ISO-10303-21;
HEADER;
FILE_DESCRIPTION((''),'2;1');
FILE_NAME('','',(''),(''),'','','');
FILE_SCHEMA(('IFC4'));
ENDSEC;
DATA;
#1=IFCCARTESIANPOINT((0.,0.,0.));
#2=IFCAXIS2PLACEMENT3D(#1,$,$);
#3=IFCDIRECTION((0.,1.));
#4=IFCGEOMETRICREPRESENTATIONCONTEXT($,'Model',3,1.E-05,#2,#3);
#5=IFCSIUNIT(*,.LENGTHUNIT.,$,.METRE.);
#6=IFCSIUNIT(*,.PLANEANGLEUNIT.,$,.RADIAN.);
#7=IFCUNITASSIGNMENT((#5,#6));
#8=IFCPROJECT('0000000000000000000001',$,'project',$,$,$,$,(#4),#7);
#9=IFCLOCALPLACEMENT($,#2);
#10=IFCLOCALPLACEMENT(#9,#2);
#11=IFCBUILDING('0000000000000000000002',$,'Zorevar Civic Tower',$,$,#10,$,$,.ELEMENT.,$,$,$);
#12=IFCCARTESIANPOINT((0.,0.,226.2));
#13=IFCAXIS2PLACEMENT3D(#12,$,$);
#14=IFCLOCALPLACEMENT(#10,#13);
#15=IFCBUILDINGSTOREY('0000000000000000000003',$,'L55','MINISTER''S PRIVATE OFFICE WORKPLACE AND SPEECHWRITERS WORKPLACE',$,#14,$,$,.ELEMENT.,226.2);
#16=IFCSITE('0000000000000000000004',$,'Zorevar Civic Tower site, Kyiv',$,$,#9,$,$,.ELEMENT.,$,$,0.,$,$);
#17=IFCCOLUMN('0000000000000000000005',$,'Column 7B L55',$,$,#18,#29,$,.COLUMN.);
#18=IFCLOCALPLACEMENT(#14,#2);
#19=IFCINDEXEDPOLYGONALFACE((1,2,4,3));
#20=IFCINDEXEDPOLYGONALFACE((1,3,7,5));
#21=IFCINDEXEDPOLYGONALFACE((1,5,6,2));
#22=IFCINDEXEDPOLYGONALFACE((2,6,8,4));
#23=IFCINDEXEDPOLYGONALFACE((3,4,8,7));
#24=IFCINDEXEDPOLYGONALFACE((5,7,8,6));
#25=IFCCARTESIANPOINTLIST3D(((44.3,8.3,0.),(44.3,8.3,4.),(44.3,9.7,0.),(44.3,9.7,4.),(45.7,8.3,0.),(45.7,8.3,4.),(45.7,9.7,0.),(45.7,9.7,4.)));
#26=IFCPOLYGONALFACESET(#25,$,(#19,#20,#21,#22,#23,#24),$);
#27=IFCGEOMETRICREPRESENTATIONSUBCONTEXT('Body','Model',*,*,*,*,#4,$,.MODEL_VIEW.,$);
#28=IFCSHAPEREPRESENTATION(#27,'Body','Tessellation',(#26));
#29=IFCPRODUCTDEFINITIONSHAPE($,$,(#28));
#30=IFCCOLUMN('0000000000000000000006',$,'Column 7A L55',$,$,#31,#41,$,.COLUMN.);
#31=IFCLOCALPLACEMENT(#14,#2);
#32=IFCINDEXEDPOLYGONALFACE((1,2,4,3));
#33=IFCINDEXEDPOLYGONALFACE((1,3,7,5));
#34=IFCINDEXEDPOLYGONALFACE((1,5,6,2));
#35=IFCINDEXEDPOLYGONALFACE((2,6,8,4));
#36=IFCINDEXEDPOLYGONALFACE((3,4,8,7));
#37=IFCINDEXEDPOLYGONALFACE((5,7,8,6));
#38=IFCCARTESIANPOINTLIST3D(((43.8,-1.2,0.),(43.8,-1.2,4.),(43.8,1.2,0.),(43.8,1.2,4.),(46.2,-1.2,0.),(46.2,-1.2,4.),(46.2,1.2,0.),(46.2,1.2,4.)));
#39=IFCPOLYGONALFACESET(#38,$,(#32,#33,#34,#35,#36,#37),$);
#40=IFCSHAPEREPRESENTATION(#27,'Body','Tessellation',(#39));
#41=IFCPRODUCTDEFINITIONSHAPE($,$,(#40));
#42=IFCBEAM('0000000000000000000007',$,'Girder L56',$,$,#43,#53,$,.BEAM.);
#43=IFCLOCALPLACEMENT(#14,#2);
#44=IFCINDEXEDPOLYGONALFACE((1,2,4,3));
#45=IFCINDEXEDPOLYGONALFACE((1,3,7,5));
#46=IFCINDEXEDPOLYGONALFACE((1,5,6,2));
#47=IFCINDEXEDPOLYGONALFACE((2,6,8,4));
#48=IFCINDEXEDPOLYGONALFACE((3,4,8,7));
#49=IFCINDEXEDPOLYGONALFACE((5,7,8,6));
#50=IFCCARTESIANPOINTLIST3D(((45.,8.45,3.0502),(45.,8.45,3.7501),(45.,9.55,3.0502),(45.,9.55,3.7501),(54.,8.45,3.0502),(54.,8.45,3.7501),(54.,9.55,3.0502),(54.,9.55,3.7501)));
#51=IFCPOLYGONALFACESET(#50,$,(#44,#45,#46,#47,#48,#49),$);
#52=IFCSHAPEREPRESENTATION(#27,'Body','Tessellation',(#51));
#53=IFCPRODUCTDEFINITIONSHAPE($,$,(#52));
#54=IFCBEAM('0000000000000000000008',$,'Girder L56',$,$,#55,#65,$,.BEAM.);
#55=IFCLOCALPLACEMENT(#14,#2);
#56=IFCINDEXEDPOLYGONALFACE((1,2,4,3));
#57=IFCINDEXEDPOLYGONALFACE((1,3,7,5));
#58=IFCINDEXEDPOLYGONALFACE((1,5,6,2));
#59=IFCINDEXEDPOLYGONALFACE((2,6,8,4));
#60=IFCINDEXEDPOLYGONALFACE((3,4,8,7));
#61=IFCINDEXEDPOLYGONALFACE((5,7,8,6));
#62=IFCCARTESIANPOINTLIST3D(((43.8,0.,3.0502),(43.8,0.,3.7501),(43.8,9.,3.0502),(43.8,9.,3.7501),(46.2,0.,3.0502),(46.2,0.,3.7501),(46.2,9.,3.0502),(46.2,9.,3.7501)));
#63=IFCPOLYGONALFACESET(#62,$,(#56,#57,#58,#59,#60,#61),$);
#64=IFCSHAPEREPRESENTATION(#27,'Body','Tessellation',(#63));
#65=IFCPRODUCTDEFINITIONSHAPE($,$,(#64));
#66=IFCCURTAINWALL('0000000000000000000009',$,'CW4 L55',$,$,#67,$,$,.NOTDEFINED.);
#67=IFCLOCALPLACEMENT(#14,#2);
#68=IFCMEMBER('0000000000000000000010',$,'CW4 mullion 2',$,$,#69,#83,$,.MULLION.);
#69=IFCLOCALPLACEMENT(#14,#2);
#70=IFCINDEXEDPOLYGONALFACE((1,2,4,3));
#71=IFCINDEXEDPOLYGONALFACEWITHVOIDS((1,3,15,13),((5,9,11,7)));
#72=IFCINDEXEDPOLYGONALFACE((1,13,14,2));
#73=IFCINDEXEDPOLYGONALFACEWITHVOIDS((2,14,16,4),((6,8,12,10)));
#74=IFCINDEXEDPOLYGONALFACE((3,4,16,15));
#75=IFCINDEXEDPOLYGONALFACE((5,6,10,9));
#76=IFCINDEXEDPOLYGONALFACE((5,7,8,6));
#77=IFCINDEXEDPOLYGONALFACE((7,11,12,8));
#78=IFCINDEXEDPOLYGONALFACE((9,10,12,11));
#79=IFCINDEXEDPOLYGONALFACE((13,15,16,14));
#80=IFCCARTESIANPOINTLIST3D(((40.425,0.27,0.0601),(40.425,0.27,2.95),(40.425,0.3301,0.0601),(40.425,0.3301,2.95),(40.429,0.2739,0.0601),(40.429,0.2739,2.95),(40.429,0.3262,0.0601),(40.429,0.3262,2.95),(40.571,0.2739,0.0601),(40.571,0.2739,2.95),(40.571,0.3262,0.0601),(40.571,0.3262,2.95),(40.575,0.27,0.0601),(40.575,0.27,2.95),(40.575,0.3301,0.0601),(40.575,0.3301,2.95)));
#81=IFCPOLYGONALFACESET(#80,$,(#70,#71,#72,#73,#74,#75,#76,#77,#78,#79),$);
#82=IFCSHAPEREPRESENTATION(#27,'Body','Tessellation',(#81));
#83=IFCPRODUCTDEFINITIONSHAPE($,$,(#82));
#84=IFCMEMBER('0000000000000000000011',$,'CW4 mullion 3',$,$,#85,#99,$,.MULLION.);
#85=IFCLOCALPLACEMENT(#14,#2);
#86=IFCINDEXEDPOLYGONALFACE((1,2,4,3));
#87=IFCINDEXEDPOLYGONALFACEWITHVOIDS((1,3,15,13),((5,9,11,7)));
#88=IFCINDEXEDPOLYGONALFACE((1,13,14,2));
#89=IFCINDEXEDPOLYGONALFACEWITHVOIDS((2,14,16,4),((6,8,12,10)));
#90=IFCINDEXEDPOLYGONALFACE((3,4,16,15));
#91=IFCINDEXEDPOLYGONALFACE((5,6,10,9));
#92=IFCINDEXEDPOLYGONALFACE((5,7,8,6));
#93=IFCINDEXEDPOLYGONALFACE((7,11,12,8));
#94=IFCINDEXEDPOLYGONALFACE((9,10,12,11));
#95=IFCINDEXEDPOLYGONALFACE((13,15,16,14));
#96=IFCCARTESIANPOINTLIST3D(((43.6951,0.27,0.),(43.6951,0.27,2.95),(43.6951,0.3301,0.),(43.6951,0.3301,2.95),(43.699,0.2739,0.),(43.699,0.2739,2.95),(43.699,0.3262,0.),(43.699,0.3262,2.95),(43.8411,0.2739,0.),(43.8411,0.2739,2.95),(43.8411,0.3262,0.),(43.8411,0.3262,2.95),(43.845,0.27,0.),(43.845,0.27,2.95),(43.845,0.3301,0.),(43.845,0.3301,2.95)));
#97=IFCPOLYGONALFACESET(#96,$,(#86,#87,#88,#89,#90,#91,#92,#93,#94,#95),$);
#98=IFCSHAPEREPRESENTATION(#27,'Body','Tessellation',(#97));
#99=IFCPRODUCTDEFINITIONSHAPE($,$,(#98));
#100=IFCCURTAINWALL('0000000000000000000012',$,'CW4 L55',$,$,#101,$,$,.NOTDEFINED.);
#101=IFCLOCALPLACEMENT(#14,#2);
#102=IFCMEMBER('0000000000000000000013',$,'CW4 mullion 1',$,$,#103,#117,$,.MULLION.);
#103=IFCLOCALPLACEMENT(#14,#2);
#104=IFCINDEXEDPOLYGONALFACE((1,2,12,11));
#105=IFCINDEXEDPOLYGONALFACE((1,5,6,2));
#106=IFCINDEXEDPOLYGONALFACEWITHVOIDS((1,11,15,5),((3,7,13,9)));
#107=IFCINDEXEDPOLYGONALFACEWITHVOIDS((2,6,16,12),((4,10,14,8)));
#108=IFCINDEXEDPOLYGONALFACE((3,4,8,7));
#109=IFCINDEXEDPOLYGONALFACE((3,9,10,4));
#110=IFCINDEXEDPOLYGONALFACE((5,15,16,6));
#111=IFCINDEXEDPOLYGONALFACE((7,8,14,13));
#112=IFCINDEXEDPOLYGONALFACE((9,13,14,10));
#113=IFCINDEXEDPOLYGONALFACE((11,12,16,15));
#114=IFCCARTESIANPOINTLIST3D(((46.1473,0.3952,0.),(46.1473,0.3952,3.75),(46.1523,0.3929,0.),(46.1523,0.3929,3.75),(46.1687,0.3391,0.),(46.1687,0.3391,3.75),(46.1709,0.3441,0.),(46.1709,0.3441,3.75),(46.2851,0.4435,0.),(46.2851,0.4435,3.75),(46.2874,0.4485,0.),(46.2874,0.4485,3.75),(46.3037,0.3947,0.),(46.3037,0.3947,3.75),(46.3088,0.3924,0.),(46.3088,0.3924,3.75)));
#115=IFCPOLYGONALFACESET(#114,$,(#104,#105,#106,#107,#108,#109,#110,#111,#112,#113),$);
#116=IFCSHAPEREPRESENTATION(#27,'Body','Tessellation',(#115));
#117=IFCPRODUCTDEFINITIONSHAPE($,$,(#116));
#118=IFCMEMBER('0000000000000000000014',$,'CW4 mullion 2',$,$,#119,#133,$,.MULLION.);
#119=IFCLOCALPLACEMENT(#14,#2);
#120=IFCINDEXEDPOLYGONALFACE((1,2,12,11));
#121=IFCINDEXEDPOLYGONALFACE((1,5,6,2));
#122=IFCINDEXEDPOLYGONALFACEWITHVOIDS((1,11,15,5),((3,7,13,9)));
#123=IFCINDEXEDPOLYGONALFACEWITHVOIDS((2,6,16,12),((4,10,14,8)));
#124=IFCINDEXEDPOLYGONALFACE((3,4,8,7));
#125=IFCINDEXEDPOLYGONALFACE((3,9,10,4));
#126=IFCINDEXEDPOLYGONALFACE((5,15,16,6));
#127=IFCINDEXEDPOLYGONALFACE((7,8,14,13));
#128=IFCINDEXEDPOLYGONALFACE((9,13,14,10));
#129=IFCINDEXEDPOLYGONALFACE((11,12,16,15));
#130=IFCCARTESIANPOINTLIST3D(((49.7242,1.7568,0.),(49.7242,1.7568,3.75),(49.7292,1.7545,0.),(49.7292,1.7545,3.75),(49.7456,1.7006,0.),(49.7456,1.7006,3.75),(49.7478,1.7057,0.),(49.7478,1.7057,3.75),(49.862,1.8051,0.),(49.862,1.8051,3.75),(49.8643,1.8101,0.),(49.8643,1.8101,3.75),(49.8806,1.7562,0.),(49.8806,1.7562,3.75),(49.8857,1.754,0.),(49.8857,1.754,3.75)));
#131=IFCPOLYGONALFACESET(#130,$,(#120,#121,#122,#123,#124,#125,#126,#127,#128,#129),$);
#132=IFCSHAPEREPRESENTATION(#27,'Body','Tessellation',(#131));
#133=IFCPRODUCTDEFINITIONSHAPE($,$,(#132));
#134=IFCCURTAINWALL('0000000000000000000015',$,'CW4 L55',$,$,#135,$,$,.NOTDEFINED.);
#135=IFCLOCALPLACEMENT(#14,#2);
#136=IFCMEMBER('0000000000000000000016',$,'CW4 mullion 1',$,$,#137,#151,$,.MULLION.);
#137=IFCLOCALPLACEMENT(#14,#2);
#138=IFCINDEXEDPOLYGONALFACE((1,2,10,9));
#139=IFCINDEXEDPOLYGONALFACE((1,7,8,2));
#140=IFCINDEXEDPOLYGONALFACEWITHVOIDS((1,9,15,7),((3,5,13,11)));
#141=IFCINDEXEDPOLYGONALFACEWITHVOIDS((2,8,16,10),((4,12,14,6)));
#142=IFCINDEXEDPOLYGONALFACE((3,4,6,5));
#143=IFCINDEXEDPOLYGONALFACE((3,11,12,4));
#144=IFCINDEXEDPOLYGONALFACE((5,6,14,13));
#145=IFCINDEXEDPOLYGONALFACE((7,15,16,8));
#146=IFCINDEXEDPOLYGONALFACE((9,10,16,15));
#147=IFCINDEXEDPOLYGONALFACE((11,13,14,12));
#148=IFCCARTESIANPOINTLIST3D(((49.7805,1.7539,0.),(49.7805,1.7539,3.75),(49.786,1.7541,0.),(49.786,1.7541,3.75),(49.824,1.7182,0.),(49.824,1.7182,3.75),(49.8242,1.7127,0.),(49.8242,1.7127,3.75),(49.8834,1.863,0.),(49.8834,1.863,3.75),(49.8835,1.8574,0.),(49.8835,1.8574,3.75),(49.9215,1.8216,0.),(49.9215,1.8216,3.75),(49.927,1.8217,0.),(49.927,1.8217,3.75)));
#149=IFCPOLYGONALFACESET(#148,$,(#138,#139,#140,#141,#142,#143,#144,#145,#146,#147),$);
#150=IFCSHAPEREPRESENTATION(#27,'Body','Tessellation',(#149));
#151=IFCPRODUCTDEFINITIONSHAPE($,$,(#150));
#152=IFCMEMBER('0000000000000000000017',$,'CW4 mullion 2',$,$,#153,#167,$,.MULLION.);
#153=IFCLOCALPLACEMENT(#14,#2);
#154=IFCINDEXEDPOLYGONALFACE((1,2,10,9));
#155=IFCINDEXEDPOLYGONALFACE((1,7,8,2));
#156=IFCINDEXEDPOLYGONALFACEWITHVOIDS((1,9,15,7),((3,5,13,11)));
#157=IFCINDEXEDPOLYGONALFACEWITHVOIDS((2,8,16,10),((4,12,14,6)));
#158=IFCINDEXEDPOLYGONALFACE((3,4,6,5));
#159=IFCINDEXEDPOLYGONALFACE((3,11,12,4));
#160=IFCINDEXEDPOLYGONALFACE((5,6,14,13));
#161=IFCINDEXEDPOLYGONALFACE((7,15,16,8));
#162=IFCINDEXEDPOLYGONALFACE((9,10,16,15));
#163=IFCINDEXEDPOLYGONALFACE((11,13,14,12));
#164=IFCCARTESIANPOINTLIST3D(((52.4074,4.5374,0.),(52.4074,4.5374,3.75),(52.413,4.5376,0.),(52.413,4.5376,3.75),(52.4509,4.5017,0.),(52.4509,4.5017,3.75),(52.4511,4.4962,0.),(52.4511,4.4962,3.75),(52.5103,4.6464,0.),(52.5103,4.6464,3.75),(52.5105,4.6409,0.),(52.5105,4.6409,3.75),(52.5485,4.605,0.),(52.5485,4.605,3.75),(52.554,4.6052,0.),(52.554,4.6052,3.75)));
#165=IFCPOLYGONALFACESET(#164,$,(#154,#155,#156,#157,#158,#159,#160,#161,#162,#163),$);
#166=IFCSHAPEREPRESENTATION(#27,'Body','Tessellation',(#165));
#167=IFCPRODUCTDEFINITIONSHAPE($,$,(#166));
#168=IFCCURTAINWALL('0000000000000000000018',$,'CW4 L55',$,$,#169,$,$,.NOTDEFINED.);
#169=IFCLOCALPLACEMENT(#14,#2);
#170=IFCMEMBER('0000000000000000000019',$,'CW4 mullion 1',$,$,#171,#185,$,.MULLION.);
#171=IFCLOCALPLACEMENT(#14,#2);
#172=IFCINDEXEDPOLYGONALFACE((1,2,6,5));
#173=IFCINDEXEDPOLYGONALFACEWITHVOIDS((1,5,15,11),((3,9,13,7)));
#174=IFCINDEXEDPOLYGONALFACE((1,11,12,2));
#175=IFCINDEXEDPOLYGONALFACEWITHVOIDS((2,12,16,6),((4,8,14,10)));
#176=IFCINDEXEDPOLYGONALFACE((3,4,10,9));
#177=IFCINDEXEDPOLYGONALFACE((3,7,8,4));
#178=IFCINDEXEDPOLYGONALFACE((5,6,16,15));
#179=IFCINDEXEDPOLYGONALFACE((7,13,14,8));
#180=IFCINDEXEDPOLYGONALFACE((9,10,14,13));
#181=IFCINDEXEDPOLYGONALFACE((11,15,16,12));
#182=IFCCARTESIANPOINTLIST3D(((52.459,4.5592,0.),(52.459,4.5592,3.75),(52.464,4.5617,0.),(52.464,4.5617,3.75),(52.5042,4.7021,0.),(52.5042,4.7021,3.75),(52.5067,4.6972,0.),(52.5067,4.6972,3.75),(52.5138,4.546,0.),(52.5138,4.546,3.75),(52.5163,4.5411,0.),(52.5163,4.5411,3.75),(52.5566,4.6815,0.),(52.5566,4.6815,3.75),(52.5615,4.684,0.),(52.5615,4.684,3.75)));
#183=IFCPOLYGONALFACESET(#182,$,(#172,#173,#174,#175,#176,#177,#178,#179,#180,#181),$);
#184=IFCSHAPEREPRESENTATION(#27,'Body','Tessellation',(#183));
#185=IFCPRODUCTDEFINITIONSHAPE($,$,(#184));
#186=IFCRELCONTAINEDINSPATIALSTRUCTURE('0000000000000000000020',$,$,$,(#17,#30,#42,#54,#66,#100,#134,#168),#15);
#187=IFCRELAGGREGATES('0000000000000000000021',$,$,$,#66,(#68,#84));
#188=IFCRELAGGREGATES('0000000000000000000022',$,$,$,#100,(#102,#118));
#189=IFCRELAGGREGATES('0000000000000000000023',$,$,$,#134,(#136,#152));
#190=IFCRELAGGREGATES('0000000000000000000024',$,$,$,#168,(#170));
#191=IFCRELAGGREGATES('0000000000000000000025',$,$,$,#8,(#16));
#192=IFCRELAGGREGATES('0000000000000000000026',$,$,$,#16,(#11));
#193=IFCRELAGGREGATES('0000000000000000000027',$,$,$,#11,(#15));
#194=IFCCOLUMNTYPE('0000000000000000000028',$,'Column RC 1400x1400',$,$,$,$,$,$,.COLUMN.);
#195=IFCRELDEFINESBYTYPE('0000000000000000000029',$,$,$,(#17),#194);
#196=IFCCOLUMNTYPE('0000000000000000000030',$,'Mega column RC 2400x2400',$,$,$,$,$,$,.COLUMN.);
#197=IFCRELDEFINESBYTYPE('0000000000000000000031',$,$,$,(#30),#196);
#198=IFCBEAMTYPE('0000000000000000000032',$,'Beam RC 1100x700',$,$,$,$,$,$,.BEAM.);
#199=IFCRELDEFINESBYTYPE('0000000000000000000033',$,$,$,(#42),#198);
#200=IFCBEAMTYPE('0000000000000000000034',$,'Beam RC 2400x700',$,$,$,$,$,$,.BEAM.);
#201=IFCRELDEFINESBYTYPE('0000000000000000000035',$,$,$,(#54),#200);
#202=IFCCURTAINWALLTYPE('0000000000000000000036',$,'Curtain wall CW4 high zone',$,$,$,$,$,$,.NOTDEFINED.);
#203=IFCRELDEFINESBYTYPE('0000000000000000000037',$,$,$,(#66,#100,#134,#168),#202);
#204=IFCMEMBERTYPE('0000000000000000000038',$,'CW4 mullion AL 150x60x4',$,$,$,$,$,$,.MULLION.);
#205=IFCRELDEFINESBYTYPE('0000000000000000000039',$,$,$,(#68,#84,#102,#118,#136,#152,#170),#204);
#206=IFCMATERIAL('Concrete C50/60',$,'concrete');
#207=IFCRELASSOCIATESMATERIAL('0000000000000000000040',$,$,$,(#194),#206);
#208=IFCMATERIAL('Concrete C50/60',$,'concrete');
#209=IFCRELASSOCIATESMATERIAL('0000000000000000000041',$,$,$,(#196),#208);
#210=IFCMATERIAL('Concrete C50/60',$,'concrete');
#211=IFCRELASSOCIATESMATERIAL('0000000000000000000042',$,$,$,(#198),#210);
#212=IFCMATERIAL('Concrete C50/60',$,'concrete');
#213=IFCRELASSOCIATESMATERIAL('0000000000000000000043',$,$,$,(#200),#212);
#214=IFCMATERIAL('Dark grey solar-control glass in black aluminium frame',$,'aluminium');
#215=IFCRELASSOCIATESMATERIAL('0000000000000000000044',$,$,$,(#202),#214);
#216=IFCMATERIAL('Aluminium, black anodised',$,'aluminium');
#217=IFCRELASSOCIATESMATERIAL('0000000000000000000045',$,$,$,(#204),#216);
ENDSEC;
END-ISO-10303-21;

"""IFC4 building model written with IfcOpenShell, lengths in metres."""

from ifc_helpers import new_model, si_unit, direction, frame, origin, origin_2d, place, context, subcontext, project, spatial, rectangle, hollow_rectangle, extrude, material, material_profile, profile_set, type_object, element, aggregate, save


model = new_model("IFC4")

# Units and contexts
model_context = context("Model", 3, precision=1e-05, world=origin(), true_north=direction((0.0, 1.0)))
body_context = subcontext(model_context, "Body", "Model", "MODEL_VIEW")
ifc_project = project(units=[si_unit("LENGTHUNIT", "METRE"), si_unit("PLANEANGLEUNIT", "RADIAN")], contexts=[model_context])

# Site, building, storey
site_placement = place(None, origin())
site = spatial("IfcSite", under=ifc_project, at=site_placement, Name="Zorevar Civic Tower site, Kyiv", CompositionType="ELEMENT", RefElevation=0.0)
building_placement = place(site_placement, origin())
building = spatial("IfcBuilding", under=site, at=building_placement, Name="Zorevar Civic Tower", CompositionType="ELEMENT")
storey_placement = place(building_placement, frame((0.0, 0.0, 226.2)))
storey = spatial("IfcBuildingStorey", under=building, at=storey_placement, Name="L55", Description="MINISTER'S PRIVATE OFFICE WORKPLACE AND SPEECHWRITERS WORKPLACE", CompositionType="ELEMENT", Elevation=226.2)

# Columns
ifc_material_1 = material(Name="Concrete C50/60", Category="concrete")
ifc_material_profile_1 = material_profile(ifc_material_1, rectangle(XDim=1.3999, YDim=1.3999, at=origin_2d()), Name="RC 1400x1400")
ifc_profile_set_1 = profile_set([ifc_material_profile_1], Name="Concrete C50/60")
column_type_1 = type_object("IfcColumnType", Name="Column RC 1400x1400", PredefinedType="COLUMN", material=ifc_profile_set_1)
column_1_placement = place(storey_placement, frame((45.0, 9.0, 0.0), z_axis=(0.0, 0.0, 1.0), x_axis=(1.0, 0.0, 0.0)))
element("IfcColumn", 1, at=column_1_placement, inside=storey, type_object=column_type_1, Name="Column 7B L55", PredefinedType="COLUMN", context=body_context, shape_type="SweptSolid", body=[
    extrude(rectangle(XDim=1.3999, YDim=1.3999, at=origin_2d()), origin(), (0.0, 0.0, 1.0), 4.0),
])
ifc_material_2 = material(Name="Concrete C50/60", Category="concrete")
ifc_material_profile_2 = material_profile(ifc_material_2, rectangle(XDim=2.3999, YDim=2.3999, at=origin_2d()), Name="RC 2400x2400")
ifc_profile_set_2 = profile_set([ifc_material_profile_2], Name="Concrete C50/60")
column_type_2 = type_object("IfcColumnType", Name="Mega column RC 2400x2400", PredefinedType="COLUMN", material=ifc_profile_set_2)
column_2_placement = place(storey_placement, frame((45.0, 0.0, 0.0), z_axis=(0.0, 0.0, 1.0), x_axis=(1.0, 0.0, 0.0)))
element("IfcColumn", 2, at=column_2_placement, inside=storey, type_object=column_type_2, Name="Column 7A L55", PredefinedType="COLUMN", context=body_context, shape_type="SweptSolid", body=[
    extrude(rectangle(XDim=2.3999, YDim=2.3999, at=origin_2d()), origin(), (0.0, 0.0, 1.0), 4.0),
])

# Beams
ifc_material_3 = material(Name="Concrete C50/60", Category="concrete")
ifc_material_profile_3 = material_profile(ifc_material_3, rectangle(XDim=1.1001, YDim=0.7, at=origin_2d()), Name="RC 1100x700")
ifc_profile_set_3 = profile_set([ifc_material_profile_3], Name="Concrete C50/60")
beam_type_1 = type_object("IfcBeamType", Name="Beam RC 1100x700", PredefinedType="BEAM", material=ifc_profile_set_3)
beam_1_placement = place(storey_placement, frame((45.0, 9.0, 3.4001), z_axis=(1.0, 0.0, 0.0), x_axis=(0.0, 1.0, 0.0)))
element("IfcBeam", 3, at=beam_1_placement, inside=storey, type_object=beam_type_1, Name="Girder L56", PredefinedType="BEAM", context=body_context, shape_type="SweptSolid", body=[
    extrude(rectangle(XDim=1.1001, YDim=0.7, at=origin_2d()), origin(), (0.0, 0.0, 1.0), 9.0),
])
ifc_material_4 = material(Name="Concrete C50/60", Category="concrete")
ifc_material_profile_4 = material_profile(ifc_material_4, rectangle(XDim=2.3999, YDim=0.7, at=origin_2d()), Name="RC 2400x700")
ifc_profile_set_4 = profile_set([ifc_material_profile_4], Name="Concrete C50/60")
beam_type_2 = type_object("IfcBeamType", Name="Beam RC 2400x700", PredefinedType="BEAM", material=ifc_profile_set_4)
beam_2_placement = place(storey_placement, frame((45.0, 0.0, 3.4001), z_axis=(0.0, 1.0, 0.0), x_axis=(-1.0, 0.0, 0.0)))
element("IfcBeam", 4, at=beam_2_placement, inside=storey, type_object=beam_type_2, Name="Girder L56", PredefinedType="BEAM", context=body_context, shape_type="SweptSolid", body=[
    extrude(rectangle(XDim=2.3999, YDim=0.7, at=origin_2d()), origin(), (0.0, 0.0, 1.0), 9.0),
])

# Curtain walls, members
ifc_material_5 = material(Name="Dark grey solar-control glass in black aluminium frame", Category="aluminium")
curtain_wall_type = type_object("IfcCurtainWallType", Name="Curtain wall CW4 high zone", PredefinedType="NOTDEFINED", material=ifc_material_5)
curtain_wall_1_placement = place(storey_placement, origin())
curtain_wall_1 = element("IfcCurtainWall", 5, at=curtain_wall_1_placement, inside=storey, type_object=curtain_wall_type, Name="CW4 L55", PredefinedType="NOTDEFINED")
ifc_material_6 = material(Name="Aluminium, black anodised", Category="aluminium")
ifc_material_profile_5 = material_profile(ifc_material_6, hollow_rectangle(XDim=0.0601, YDim=0.1499, WallThickness=0.0039, at=origin_2d()), Name="AL 150x60x4")
ifc_profile_set_5 = profile_set([ifc_material_profile_5], Name="Aluminium, black anodised")
member_type_1 = type_object("IfcMemberType", Name="CW4 mullion AL 150x60x4", PredefinedType="MULLION", material=ifc_profile_set_5)
member_1_placement = place(storey_placement, frame((40.5, 0.3, 0.0601), z_axis=(0.0, 0.0, 1.0), x_axis=(0.0, 1.0, 0.0)))
member_1 = element("IfcMember", 6, at=member_1_placement, type_object=member_type_1, Name="CW4 mullion 2", PredefinedType="MULLION", context=body_context, shape_type="SweptSolid", body=[
    extrude(hollow_rectangle(XDim=0.0601, YDim=0.1499, WallThickness=0.0039, at=origin_2d()), origin(), (0.0, 0.0, 1.0), 2.8899),
])
member_2_placement = place(storey_placement, frame((43.77, 0.3, 0.0), z_axis=(0.0, 0.0, 1.0), x_axis=(0.0, 1.0, 0.0)))
member_2 = element("IfcMember", 7, at=member_2_placement, type_object=member_type_1, Name="CW4 mullion 3", PredefinedType="MULLION", context=body_context, shape_type="SweptSolid", body=[
    extrude(hollow_rectangle(XDim=0.0601, YDim=0.1499, WallThickness=0.0039, at=origin_2d()), origin(), (0.0, 0.0, 1.0), 2.95),
])
curtain_wall_2_placement = place(storey_placement, origin())
curtain_wall_2 = element("IfcCurtainWall", 8, at=curtain_wall_2_placement, inside=storey, type_object=curtain_wall_type, Name="CW4 L55", PredefinedType="NOTDEFINED")
member_3_placement = place(storey_placement, frame((46.228, 0.3938, 0.0), z_axis=(0.0, 0.0, 1.0), x_axis=(-0.355731, 0.934588, 0.0)))
member_3 = element("IfcMember", 9, at=member_3_placement, type_object=member_type_1, Name="CW4 mullion 1", PredefinedType="MULLION", context=body_context, shape_type="SweptSolid", body=[
    extrude(hollow_rectangle(XDim=0.0601, YDim=0.1499, WallThickness=0.0039, at=origin_2d()), origin(), (0.0, 0.0, 1.0), 3.75),
])
member_4_placement = place(storey_placement, frame((49.8049, 1.7554, 0.0), z_axis=(0.0, 0.0, 1.0), x_axis=(-0.355731, 0.934588, 0.0)))
member_4 = element("IfcMember", 10, at=member_4_placement, type_object=member_type_1, Name="CW4 mullion 2", PredefinedType="MULLION", context=body_context, shape_type="SweptSolid", body=[
    extrude(hollow_rectangle(XDim=0.0601, YDim=0.1499, WallThickness=0.0039, at=origin_2d()), origin(), (0.0, 0.0, 1.0), 3.75),
])
curtain_wall_3_placement = place(storey_placement, origin())
curtain_wall_3 = element("IfcCurtainWall", 11, at=curtain_wall_3_placement, inside=storey, type_object=curtain_wall_type, Name="CW4 L55", PredefinedType="NOTDEFINED")
member_5_placement = place(storey_placement, frame((49.8538, 1.7878, 0.0), z_axis=(0.0, 0.0, 1.0), x_axis=(-0.727245, 0.686378, 0.0)))
member_5 = element("IfcMember", 12, at=member_5_placement, type_object=member_type_1, Name="CW4 mullion 1", PredefinedType="MULLION", context=body_context, shape_type="SweptSolid", body=[
    extrude(hollow_rectangle(XDim=0.0601, YDim=0.1499, WallThickness=0.0039, at=origin_2d()), origin(), (0.0, 0.0, 1.0), 3.75),
])
member_6_placement = place(storey_placement, frame((52.4807, 4.5713, 0.0), z_axis=(0.0, 0.0, 1.0), x_axis=(-0.727245, 0.686378, 0.0)))
member_6 = element("IfcMember", 13, at=member_6_placement, type_object=member_type_1, Name="CW4 mullion 2", PredefinedType="MULLION", context=body_context, shape_type="SweptSolid", body=[
    extrude(hollow_rectangle(XDim=0.0601, YDim=0.1499, WallThickness=0.0039, at=origin_2d()), origin(), (0.0, 0.0, 1.0), 3.75),
])
curtain_wall_4_placement = place(storey_placement, origin())
curtain_wall_4 = element("IfcCurtainWall", 14, at=curtain_wall_4_placement, inside=storey, type_object=curtain_wall_type, Name="CW4 L55", PredefinedType="NOTDEFINED")
member_7_placement = place(storey_placement, frame((52.5103, 4.6216, 0.0), z_axis=(0.0, 0.0, 1.0), x_axis=(-0.95359, 0.301108, 0.0)))
member_7 = element("IfcMember", 15, at=member_7_placement, type_object=member_type_1, Name="CW4 mullion 1", PredefinedType="MULLION", context=body_context, shape_type="SweptSolid", body=[
    extrude(hollow_rectangle(XDim=0.0601, YDim=0.1499, WallThickness=0.0039, at=origin_2d()), origin(), (0.0, 0.0, 1.0), 3.75),
])

aggregate(curtain_wall_1, [member_1, member_2])
aggregate(curtain_wall_2, [member_3, member_4])
aggregate(curtain_wall_3, [member_5, member_6])
aggregate(curtain_wall_4, [member_7])

save(model, "model.ifc")
